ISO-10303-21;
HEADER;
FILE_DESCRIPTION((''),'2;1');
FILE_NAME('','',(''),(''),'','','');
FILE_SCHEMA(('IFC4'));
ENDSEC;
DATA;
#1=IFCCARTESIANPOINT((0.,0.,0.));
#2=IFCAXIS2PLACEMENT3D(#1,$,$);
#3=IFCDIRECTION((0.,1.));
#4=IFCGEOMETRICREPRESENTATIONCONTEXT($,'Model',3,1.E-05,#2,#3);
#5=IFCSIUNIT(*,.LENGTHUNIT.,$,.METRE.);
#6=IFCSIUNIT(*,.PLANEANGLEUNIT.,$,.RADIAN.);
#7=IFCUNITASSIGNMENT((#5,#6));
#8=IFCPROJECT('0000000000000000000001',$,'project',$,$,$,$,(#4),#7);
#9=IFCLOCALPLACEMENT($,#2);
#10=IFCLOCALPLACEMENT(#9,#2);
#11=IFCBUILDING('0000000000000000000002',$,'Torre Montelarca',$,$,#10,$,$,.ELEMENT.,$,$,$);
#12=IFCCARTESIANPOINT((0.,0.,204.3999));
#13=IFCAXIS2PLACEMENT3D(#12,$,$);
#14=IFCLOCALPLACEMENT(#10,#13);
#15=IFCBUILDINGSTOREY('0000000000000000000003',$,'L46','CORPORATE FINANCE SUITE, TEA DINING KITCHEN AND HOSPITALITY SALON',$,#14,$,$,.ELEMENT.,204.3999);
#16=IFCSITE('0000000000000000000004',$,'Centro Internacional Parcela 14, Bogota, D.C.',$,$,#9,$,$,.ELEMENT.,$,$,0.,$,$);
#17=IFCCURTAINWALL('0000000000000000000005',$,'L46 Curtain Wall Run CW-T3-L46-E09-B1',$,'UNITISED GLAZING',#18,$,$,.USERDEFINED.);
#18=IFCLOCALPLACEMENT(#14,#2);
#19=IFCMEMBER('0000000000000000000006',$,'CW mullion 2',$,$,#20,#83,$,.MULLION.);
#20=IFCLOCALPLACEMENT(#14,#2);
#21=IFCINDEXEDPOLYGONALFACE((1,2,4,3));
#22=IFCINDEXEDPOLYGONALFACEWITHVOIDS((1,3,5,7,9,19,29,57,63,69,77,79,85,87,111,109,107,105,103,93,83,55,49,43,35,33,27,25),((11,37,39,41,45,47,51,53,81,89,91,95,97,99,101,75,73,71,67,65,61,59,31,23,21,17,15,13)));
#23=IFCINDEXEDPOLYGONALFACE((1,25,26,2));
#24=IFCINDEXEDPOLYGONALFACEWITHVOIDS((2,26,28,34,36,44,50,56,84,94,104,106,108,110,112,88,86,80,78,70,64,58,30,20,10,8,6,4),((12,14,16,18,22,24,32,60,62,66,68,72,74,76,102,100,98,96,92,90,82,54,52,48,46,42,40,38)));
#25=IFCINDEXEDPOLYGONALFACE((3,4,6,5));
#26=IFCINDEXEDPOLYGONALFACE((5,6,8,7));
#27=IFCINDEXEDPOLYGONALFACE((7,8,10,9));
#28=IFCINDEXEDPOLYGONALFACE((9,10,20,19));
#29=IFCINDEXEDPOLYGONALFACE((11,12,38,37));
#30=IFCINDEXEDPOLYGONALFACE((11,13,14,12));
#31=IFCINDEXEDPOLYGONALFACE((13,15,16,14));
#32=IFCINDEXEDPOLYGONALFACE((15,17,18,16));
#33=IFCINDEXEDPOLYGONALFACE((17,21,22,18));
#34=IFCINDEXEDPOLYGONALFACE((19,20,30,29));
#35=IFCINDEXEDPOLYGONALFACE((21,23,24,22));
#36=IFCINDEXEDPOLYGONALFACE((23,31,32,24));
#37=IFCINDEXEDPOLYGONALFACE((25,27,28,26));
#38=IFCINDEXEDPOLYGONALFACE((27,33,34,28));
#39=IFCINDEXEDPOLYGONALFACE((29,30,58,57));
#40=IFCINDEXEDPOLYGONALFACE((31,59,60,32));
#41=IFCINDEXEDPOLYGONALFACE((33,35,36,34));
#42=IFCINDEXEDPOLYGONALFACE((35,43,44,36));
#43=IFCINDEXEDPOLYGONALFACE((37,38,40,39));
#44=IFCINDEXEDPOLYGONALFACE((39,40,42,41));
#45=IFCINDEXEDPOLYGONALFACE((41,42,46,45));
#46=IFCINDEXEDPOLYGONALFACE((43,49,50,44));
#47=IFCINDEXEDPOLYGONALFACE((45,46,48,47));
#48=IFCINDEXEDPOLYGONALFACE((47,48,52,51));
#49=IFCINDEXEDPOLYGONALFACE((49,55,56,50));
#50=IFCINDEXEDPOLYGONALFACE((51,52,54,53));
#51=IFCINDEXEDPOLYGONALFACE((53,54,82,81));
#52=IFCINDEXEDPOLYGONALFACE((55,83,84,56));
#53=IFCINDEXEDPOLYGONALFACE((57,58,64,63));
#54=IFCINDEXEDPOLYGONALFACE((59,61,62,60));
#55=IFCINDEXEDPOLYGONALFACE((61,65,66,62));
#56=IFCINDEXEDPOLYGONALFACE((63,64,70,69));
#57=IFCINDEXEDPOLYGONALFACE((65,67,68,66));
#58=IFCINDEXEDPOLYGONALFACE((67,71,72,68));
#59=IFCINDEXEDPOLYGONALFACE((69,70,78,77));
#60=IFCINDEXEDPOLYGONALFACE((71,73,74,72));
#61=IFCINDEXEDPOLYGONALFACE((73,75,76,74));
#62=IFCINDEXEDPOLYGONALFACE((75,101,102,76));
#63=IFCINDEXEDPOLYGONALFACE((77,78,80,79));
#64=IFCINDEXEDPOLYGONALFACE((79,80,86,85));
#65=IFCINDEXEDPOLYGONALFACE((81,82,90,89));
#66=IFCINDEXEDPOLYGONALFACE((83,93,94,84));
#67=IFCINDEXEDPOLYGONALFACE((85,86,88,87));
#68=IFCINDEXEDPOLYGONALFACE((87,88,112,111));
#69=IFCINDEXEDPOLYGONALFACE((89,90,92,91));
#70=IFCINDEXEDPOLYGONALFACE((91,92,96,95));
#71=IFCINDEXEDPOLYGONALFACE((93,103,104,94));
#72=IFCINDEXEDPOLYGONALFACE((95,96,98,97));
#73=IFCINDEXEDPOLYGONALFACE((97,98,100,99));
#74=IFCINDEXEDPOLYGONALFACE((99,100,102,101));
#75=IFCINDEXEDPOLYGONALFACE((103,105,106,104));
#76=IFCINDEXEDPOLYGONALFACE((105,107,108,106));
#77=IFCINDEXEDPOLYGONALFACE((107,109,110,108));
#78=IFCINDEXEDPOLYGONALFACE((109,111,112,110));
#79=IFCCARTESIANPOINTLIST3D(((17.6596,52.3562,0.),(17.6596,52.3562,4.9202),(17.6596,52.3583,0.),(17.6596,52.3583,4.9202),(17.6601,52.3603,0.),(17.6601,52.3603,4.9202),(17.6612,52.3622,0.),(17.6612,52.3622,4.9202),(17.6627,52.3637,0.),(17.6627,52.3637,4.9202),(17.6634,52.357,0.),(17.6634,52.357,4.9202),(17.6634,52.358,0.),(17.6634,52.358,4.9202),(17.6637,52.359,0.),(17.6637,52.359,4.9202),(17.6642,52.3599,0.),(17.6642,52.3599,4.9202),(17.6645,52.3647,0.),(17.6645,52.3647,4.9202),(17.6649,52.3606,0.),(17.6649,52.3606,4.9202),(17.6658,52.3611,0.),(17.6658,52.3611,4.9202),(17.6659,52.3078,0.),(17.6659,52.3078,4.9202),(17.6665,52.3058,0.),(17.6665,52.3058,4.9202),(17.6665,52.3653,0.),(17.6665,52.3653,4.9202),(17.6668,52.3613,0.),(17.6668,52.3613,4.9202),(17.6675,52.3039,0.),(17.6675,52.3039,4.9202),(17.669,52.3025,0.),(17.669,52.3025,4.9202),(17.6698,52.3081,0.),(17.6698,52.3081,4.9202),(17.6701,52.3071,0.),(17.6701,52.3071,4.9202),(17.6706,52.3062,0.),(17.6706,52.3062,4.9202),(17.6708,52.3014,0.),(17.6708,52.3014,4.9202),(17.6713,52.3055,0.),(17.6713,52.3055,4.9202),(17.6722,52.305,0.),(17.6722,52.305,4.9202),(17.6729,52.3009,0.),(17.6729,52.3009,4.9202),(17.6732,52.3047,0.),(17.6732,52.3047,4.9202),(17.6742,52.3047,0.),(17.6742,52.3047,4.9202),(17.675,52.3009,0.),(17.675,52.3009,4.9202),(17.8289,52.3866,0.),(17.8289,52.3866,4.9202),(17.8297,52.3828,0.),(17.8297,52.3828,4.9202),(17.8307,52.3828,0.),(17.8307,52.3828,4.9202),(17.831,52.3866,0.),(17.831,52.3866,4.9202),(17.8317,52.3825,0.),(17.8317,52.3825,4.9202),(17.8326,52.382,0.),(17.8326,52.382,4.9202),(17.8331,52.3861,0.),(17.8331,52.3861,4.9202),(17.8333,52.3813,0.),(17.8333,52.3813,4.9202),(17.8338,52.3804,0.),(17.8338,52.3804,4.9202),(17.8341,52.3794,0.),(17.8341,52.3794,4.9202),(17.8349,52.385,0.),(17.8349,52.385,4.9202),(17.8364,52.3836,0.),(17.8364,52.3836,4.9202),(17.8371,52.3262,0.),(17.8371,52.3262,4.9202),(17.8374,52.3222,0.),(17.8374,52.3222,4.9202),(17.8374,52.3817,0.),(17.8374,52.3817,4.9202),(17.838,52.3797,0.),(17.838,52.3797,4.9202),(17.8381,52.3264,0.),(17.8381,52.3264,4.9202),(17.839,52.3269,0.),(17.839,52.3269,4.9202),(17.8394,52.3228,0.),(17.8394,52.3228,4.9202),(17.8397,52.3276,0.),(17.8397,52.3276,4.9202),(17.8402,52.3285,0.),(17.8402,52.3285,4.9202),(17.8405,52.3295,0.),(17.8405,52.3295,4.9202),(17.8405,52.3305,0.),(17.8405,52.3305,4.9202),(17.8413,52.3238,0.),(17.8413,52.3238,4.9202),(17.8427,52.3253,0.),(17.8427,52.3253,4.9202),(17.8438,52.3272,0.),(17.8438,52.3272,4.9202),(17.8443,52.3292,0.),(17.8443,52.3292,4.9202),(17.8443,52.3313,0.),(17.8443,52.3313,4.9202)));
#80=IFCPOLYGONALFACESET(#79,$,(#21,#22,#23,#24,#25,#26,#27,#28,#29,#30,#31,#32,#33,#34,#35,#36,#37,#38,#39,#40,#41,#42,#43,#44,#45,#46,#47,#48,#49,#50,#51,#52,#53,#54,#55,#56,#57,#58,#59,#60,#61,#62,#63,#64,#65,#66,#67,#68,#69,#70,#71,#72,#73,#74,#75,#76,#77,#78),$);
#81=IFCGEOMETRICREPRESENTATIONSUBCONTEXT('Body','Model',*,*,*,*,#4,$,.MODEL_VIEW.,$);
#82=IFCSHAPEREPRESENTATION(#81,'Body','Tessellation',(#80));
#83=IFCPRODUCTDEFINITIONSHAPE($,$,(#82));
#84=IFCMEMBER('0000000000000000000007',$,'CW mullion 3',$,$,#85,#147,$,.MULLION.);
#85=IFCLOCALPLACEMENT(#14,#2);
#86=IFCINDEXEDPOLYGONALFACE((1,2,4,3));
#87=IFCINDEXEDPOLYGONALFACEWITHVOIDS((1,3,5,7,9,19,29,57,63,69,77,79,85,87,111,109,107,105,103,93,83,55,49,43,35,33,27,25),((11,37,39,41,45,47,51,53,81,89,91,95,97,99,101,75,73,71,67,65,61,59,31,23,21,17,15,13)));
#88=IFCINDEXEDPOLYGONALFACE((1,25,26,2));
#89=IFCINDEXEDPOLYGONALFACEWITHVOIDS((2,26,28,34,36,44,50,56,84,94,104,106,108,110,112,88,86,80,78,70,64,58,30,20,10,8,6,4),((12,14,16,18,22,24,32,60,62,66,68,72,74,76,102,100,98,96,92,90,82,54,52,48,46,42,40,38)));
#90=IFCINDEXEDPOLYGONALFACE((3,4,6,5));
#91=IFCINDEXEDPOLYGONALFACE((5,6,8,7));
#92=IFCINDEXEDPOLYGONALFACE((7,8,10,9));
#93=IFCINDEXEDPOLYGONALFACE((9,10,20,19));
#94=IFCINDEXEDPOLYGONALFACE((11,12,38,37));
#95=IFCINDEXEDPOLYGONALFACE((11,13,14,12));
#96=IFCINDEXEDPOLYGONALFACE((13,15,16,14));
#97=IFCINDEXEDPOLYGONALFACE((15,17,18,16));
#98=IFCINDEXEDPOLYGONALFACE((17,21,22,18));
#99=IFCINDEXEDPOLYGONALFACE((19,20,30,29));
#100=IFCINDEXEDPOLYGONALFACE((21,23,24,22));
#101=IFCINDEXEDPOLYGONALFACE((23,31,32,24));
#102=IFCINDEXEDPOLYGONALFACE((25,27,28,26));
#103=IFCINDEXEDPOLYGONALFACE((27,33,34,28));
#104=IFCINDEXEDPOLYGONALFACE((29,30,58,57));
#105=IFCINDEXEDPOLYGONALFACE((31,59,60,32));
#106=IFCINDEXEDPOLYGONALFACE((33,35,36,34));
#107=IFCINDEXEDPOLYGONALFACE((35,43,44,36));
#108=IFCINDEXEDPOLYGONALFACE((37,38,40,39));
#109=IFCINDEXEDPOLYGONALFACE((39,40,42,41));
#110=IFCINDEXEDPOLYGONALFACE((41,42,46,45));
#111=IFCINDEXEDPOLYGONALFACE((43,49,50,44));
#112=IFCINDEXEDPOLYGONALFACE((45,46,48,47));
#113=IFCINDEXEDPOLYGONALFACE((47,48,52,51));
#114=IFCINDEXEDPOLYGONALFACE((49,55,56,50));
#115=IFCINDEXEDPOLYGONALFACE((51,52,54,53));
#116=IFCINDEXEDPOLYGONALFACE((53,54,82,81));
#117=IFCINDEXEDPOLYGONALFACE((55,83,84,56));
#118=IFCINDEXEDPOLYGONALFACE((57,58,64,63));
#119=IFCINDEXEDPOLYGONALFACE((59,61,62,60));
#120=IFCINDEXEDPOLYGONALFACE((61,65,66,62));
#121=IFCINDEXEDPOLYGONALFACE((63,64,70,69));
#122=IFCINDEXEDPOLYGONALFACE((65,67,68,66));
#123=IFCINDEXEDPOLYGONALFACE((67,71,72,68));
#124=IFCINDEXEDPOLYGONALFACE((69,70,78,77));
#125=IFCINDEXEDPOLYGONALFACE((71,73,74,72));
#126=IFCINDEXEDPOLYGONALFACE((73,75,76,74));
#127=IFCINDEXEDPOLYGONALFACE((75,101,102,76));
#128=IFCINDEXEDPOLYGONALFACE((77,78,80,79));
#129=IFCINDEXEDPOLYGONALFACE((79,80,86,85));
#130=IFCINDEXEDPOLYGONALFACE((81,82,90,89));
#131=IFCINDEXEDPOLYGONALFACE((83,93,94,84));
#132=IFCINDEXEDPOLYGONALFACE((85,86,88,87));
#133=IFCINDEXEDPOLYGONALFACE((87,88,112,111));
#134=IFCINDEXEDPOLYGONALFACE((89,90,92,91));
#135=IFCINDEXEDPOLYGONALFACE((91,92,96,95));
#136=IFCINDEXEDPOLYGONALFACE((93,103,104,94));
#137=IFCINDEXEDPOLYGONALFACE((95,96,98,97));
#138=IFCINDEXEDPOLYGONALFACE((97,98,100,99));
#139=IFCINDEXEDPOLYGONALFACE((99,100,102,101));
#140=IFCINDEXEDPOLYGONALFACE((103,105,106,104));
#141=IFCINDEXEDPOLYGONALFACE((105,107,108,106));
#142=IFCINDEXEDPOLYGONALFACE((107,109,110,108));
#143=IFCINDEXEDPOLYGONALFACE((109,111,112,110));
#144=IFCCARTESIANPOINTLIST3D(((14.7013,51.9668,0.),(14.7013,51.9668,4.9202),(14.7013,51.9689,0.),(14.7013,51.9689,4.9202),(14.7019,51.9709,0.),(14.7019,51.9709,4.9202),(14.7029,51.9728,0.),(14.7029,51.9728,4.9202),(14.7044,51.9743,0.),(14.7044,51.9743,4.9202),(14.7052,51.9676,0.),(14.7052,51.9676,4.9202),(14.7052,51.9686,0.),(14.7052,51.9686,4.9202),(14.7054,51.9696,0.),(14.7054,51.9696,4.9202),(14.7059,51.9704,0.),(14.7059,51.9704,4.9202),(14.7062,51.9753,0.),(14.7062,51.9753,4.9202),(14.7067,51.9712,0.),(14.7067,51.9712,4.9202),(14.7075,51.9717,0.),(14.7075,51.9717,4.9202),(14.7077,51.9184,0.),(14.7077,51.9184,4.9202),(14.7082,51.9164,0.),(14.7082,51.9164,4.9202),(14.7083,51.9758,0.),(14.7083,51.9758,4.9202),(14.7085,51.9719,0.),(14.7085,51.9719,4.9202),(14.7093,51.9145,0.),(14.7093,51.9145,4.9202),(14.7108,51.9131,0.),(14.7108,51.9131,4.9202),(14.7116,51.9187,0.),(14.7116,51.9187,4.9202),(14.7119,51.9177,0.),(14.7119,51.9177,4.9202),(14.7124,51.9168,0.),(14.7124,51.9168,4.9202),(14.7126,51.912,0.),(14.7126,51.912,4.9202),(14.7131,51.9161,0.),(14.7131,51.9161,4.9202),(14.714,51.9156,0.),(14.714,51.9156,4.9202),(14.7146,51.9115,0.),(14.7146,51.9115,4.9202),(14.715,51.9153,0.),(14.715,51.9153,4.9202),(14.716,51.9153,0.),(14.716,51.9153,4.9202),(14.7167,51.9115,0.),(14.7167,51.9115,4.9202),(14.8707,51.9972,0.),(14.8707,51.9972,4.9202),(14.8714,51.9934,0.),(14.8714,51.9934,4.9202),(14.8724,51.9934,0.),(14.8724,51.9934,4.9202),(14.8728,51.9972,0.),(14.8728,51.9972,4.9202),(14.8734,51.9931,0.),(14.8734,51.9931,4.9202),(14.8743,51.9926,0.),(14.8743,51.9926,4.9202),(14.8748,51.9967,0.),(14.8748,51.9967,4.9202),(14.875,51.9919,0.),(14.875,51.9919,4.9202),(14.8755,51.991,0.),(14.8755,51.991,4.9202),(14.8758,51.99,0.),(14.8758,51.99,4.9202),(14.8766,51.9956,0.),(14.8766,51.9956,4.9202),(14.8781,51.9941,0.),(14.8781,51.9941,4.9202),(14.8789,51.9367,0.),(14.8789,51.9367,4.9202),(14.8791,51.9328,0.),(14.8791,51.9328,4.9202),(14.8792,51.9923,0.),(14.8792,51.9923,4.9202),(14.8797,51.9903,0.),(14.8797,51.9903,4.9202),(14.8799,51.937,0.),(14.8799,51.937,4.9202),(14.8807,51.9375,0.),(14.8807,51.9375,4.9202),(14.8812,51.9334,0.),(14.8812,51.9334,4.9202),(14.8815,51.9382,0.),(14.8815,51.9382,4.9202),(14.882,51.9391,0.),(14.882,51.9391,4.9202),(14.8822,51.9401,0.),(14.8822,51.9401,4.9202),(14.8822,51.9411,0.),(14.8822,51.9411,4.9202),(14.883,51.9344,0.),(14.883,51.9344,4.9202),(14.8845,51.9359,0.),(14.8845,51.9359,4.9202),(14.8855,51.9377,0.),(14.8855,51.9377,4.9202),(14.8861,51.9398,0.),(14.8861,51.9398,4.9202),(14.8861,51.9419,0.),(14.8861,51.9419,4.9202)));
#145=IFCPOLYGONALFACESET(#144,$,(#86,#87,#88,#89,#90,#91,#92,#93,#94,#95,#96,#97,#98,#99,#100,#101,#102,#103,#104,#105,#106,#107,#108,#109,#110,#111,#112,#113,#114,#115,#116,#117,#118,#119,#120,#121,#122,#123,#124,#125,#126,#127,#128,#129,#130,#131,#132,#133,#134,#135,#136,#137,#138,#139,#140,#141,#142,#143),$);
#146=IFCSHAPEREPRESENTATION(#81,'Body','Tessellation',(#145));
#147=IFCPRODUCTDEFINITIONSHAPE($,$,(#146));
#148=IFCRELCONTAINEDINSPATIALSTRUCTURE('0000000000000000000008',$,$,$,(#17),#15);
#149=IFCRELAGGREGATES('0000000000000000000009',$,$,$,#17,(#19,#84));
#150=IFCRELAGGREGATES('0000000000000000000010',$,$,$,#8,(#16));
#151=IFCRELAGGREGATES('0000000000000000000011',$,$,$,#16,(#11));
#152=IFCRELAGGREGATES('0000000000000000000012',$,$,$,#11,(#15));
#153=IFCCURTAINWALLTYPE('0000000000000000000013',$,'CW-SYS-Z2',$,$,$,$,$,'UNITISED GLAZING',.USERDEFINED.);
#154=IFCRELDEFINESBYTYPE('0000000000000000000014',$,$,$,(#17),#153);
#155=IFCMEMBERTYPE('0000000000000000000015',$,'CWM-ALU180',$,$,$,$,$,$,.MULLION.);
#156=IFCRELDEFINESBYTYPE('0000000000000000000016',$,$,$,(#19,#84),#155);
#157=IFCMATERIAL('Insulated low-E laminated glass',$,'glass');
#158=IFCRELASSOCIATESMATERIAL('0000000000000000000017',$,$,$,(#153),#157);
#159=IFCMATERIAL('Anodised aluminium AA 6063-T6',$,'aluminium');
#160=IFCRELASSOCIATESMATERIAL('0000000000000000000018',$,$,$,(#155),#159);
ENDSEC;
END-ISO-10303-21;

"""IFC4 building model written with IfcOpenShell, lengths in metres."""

from ifc_helpers import new_model, si_unit, direction, frame, origin, origin_2d, place, context, subcontext, project, spatial, hollow_rectangle, extrude, source, transform, mapped, material, material_profile, profile_set, type_object, element, aggregate, save


model = new_model("IFC4")

# Units and contexts
model_context = context("Model", 3, precision=1e-05, world=origin(), true_north=direction((0.0, 1.0)))
body_context = subcontext(model_context, "Body", "Model", "MODEL_VIEW")
ifc_project = project(units=[si_unit("LENGTHUNIT", "METRE"), si_unit("PLANEANGLEUNIT", "RADIAN")], contexts=[model_context])

# Site, building, storey
site_placement = place(None, origin())
site = spatial("IfcSite", under=ifc_project, at=site_placement, Name="Centro Internacional Parcela 14, Bogota, D.C.", CompositionType="ELEMENT", RefElevation=0.0)
building_placement = place(site_placement, origin())
building = spatial("IfcBuilding", under=site, at=building_placement, Name="Torre Montelarca", CompositionType="ELEMENT")
storey_placement = place(building_placement, frame((0.0, 0.0, 204.3999)))
storey = spatial("IfcBuildingStorey", under=building, at=storey_placement, Name="L46", Description="CORPORATE FINANCE SUITE, TEA DINING KITCHEN AND HOSPITALITY SALON", CompositionType="ELEMENT", Elevation=204.3999)

# Curtain wall
ifc_material_1 = material(Name="Insulated low-E laminated glass", Category="glass")
curtain_wall_type = type_object("IfcCurtainWallType", Name="CW-SYS-Z2", ElementType="UNITISED GLAZING", PredefinedType="USERDEFINED", material=ifc_material_1)
curtain_wall_1_placement = place(storey_placement, origin())
curtain_wall_1 = element("IfcCurtainWall", 1, at=curtain_wall_1_placement, inside=storey, type_object=curtain_wall_type, Name="L46 Curtain Wall Run CW-T3-L46-E09-B1", ObjectType="UNITISED GLAZING", PredefinedType="USERDEFINED")
ifc_material_2 = material(Name="Anodised aluminium AA 6063-T6", Category="aluminium")

# Members
ifc_material_profile_1 = material_profile(ifc_material_2, hollow_rectangle(XDim=0.0649, YDim=0.1799, WallThickness=0.0039, InnerFilletRadius=0.0039, OuterFilletRadius=0.0081, at=origin_2d()), Name="ALU65X180X4", Category="aluminium")
ifc_profile_set_1 = profile_set([ifc_material_profile_1], Name="Anodised aluminium AA 6063-T6")
member_type_1 = type_object("IfcMemberType", Name="CWM-ALU180", PredefinedType="MULLION", material=ifc_profile_set_1)
shared_shape_1 = source(origin(), body_context, "Body", "SweptSolid", [
    extrude(hollow_rectangle(XDim=0.0649, YDim=0.1799, WallThickness=0.0039, InnerFilletRadius=0.0039, OuterFilletRadius=0.0081, at=origin_2d()), origin(), (0.0, 0.0, 1.0), 4.9202),
])
member_1_placement = place(storey_placement, frame((17.752, 52.3438, 0.0), z_axis=(0.0, 0.0, 1.0), x_axis=(0.130514, -0.991446, 0.0)))
member_1 = element("IfcMember", 2, at=member_1_placement, type_object=member_type_1, Name="CW mullion 2", PredefinedType="MULLION", context=body_context, shape_type="MappedRepresentation", body=[
    mapped(shared_shape_1, transform((0.0, 0.0, 0.0), scale=1.0)),
])
member_2_placement = place(storey_placement, frame((14.7937, 51.9543, 0.0), z_axis=(0.0, 0.0, 1.0), x_axis=(0.130514, -0.991446, 0.0)))
member_2 = element("IfcMember", 3, at=member_2_placement, type_object=member_type_1, Name="CW mullion 3", PredefinedType="MULLION", context=body_context, shape_type="MappedRepresentation", body=[
    mapped(shared_shape_1, transform((0.0, 0.0, 0.0), scale=1.0)),
])

aggregate(curtain_wall_1, [member_1, member_2])

save(model, "model.ifc")
